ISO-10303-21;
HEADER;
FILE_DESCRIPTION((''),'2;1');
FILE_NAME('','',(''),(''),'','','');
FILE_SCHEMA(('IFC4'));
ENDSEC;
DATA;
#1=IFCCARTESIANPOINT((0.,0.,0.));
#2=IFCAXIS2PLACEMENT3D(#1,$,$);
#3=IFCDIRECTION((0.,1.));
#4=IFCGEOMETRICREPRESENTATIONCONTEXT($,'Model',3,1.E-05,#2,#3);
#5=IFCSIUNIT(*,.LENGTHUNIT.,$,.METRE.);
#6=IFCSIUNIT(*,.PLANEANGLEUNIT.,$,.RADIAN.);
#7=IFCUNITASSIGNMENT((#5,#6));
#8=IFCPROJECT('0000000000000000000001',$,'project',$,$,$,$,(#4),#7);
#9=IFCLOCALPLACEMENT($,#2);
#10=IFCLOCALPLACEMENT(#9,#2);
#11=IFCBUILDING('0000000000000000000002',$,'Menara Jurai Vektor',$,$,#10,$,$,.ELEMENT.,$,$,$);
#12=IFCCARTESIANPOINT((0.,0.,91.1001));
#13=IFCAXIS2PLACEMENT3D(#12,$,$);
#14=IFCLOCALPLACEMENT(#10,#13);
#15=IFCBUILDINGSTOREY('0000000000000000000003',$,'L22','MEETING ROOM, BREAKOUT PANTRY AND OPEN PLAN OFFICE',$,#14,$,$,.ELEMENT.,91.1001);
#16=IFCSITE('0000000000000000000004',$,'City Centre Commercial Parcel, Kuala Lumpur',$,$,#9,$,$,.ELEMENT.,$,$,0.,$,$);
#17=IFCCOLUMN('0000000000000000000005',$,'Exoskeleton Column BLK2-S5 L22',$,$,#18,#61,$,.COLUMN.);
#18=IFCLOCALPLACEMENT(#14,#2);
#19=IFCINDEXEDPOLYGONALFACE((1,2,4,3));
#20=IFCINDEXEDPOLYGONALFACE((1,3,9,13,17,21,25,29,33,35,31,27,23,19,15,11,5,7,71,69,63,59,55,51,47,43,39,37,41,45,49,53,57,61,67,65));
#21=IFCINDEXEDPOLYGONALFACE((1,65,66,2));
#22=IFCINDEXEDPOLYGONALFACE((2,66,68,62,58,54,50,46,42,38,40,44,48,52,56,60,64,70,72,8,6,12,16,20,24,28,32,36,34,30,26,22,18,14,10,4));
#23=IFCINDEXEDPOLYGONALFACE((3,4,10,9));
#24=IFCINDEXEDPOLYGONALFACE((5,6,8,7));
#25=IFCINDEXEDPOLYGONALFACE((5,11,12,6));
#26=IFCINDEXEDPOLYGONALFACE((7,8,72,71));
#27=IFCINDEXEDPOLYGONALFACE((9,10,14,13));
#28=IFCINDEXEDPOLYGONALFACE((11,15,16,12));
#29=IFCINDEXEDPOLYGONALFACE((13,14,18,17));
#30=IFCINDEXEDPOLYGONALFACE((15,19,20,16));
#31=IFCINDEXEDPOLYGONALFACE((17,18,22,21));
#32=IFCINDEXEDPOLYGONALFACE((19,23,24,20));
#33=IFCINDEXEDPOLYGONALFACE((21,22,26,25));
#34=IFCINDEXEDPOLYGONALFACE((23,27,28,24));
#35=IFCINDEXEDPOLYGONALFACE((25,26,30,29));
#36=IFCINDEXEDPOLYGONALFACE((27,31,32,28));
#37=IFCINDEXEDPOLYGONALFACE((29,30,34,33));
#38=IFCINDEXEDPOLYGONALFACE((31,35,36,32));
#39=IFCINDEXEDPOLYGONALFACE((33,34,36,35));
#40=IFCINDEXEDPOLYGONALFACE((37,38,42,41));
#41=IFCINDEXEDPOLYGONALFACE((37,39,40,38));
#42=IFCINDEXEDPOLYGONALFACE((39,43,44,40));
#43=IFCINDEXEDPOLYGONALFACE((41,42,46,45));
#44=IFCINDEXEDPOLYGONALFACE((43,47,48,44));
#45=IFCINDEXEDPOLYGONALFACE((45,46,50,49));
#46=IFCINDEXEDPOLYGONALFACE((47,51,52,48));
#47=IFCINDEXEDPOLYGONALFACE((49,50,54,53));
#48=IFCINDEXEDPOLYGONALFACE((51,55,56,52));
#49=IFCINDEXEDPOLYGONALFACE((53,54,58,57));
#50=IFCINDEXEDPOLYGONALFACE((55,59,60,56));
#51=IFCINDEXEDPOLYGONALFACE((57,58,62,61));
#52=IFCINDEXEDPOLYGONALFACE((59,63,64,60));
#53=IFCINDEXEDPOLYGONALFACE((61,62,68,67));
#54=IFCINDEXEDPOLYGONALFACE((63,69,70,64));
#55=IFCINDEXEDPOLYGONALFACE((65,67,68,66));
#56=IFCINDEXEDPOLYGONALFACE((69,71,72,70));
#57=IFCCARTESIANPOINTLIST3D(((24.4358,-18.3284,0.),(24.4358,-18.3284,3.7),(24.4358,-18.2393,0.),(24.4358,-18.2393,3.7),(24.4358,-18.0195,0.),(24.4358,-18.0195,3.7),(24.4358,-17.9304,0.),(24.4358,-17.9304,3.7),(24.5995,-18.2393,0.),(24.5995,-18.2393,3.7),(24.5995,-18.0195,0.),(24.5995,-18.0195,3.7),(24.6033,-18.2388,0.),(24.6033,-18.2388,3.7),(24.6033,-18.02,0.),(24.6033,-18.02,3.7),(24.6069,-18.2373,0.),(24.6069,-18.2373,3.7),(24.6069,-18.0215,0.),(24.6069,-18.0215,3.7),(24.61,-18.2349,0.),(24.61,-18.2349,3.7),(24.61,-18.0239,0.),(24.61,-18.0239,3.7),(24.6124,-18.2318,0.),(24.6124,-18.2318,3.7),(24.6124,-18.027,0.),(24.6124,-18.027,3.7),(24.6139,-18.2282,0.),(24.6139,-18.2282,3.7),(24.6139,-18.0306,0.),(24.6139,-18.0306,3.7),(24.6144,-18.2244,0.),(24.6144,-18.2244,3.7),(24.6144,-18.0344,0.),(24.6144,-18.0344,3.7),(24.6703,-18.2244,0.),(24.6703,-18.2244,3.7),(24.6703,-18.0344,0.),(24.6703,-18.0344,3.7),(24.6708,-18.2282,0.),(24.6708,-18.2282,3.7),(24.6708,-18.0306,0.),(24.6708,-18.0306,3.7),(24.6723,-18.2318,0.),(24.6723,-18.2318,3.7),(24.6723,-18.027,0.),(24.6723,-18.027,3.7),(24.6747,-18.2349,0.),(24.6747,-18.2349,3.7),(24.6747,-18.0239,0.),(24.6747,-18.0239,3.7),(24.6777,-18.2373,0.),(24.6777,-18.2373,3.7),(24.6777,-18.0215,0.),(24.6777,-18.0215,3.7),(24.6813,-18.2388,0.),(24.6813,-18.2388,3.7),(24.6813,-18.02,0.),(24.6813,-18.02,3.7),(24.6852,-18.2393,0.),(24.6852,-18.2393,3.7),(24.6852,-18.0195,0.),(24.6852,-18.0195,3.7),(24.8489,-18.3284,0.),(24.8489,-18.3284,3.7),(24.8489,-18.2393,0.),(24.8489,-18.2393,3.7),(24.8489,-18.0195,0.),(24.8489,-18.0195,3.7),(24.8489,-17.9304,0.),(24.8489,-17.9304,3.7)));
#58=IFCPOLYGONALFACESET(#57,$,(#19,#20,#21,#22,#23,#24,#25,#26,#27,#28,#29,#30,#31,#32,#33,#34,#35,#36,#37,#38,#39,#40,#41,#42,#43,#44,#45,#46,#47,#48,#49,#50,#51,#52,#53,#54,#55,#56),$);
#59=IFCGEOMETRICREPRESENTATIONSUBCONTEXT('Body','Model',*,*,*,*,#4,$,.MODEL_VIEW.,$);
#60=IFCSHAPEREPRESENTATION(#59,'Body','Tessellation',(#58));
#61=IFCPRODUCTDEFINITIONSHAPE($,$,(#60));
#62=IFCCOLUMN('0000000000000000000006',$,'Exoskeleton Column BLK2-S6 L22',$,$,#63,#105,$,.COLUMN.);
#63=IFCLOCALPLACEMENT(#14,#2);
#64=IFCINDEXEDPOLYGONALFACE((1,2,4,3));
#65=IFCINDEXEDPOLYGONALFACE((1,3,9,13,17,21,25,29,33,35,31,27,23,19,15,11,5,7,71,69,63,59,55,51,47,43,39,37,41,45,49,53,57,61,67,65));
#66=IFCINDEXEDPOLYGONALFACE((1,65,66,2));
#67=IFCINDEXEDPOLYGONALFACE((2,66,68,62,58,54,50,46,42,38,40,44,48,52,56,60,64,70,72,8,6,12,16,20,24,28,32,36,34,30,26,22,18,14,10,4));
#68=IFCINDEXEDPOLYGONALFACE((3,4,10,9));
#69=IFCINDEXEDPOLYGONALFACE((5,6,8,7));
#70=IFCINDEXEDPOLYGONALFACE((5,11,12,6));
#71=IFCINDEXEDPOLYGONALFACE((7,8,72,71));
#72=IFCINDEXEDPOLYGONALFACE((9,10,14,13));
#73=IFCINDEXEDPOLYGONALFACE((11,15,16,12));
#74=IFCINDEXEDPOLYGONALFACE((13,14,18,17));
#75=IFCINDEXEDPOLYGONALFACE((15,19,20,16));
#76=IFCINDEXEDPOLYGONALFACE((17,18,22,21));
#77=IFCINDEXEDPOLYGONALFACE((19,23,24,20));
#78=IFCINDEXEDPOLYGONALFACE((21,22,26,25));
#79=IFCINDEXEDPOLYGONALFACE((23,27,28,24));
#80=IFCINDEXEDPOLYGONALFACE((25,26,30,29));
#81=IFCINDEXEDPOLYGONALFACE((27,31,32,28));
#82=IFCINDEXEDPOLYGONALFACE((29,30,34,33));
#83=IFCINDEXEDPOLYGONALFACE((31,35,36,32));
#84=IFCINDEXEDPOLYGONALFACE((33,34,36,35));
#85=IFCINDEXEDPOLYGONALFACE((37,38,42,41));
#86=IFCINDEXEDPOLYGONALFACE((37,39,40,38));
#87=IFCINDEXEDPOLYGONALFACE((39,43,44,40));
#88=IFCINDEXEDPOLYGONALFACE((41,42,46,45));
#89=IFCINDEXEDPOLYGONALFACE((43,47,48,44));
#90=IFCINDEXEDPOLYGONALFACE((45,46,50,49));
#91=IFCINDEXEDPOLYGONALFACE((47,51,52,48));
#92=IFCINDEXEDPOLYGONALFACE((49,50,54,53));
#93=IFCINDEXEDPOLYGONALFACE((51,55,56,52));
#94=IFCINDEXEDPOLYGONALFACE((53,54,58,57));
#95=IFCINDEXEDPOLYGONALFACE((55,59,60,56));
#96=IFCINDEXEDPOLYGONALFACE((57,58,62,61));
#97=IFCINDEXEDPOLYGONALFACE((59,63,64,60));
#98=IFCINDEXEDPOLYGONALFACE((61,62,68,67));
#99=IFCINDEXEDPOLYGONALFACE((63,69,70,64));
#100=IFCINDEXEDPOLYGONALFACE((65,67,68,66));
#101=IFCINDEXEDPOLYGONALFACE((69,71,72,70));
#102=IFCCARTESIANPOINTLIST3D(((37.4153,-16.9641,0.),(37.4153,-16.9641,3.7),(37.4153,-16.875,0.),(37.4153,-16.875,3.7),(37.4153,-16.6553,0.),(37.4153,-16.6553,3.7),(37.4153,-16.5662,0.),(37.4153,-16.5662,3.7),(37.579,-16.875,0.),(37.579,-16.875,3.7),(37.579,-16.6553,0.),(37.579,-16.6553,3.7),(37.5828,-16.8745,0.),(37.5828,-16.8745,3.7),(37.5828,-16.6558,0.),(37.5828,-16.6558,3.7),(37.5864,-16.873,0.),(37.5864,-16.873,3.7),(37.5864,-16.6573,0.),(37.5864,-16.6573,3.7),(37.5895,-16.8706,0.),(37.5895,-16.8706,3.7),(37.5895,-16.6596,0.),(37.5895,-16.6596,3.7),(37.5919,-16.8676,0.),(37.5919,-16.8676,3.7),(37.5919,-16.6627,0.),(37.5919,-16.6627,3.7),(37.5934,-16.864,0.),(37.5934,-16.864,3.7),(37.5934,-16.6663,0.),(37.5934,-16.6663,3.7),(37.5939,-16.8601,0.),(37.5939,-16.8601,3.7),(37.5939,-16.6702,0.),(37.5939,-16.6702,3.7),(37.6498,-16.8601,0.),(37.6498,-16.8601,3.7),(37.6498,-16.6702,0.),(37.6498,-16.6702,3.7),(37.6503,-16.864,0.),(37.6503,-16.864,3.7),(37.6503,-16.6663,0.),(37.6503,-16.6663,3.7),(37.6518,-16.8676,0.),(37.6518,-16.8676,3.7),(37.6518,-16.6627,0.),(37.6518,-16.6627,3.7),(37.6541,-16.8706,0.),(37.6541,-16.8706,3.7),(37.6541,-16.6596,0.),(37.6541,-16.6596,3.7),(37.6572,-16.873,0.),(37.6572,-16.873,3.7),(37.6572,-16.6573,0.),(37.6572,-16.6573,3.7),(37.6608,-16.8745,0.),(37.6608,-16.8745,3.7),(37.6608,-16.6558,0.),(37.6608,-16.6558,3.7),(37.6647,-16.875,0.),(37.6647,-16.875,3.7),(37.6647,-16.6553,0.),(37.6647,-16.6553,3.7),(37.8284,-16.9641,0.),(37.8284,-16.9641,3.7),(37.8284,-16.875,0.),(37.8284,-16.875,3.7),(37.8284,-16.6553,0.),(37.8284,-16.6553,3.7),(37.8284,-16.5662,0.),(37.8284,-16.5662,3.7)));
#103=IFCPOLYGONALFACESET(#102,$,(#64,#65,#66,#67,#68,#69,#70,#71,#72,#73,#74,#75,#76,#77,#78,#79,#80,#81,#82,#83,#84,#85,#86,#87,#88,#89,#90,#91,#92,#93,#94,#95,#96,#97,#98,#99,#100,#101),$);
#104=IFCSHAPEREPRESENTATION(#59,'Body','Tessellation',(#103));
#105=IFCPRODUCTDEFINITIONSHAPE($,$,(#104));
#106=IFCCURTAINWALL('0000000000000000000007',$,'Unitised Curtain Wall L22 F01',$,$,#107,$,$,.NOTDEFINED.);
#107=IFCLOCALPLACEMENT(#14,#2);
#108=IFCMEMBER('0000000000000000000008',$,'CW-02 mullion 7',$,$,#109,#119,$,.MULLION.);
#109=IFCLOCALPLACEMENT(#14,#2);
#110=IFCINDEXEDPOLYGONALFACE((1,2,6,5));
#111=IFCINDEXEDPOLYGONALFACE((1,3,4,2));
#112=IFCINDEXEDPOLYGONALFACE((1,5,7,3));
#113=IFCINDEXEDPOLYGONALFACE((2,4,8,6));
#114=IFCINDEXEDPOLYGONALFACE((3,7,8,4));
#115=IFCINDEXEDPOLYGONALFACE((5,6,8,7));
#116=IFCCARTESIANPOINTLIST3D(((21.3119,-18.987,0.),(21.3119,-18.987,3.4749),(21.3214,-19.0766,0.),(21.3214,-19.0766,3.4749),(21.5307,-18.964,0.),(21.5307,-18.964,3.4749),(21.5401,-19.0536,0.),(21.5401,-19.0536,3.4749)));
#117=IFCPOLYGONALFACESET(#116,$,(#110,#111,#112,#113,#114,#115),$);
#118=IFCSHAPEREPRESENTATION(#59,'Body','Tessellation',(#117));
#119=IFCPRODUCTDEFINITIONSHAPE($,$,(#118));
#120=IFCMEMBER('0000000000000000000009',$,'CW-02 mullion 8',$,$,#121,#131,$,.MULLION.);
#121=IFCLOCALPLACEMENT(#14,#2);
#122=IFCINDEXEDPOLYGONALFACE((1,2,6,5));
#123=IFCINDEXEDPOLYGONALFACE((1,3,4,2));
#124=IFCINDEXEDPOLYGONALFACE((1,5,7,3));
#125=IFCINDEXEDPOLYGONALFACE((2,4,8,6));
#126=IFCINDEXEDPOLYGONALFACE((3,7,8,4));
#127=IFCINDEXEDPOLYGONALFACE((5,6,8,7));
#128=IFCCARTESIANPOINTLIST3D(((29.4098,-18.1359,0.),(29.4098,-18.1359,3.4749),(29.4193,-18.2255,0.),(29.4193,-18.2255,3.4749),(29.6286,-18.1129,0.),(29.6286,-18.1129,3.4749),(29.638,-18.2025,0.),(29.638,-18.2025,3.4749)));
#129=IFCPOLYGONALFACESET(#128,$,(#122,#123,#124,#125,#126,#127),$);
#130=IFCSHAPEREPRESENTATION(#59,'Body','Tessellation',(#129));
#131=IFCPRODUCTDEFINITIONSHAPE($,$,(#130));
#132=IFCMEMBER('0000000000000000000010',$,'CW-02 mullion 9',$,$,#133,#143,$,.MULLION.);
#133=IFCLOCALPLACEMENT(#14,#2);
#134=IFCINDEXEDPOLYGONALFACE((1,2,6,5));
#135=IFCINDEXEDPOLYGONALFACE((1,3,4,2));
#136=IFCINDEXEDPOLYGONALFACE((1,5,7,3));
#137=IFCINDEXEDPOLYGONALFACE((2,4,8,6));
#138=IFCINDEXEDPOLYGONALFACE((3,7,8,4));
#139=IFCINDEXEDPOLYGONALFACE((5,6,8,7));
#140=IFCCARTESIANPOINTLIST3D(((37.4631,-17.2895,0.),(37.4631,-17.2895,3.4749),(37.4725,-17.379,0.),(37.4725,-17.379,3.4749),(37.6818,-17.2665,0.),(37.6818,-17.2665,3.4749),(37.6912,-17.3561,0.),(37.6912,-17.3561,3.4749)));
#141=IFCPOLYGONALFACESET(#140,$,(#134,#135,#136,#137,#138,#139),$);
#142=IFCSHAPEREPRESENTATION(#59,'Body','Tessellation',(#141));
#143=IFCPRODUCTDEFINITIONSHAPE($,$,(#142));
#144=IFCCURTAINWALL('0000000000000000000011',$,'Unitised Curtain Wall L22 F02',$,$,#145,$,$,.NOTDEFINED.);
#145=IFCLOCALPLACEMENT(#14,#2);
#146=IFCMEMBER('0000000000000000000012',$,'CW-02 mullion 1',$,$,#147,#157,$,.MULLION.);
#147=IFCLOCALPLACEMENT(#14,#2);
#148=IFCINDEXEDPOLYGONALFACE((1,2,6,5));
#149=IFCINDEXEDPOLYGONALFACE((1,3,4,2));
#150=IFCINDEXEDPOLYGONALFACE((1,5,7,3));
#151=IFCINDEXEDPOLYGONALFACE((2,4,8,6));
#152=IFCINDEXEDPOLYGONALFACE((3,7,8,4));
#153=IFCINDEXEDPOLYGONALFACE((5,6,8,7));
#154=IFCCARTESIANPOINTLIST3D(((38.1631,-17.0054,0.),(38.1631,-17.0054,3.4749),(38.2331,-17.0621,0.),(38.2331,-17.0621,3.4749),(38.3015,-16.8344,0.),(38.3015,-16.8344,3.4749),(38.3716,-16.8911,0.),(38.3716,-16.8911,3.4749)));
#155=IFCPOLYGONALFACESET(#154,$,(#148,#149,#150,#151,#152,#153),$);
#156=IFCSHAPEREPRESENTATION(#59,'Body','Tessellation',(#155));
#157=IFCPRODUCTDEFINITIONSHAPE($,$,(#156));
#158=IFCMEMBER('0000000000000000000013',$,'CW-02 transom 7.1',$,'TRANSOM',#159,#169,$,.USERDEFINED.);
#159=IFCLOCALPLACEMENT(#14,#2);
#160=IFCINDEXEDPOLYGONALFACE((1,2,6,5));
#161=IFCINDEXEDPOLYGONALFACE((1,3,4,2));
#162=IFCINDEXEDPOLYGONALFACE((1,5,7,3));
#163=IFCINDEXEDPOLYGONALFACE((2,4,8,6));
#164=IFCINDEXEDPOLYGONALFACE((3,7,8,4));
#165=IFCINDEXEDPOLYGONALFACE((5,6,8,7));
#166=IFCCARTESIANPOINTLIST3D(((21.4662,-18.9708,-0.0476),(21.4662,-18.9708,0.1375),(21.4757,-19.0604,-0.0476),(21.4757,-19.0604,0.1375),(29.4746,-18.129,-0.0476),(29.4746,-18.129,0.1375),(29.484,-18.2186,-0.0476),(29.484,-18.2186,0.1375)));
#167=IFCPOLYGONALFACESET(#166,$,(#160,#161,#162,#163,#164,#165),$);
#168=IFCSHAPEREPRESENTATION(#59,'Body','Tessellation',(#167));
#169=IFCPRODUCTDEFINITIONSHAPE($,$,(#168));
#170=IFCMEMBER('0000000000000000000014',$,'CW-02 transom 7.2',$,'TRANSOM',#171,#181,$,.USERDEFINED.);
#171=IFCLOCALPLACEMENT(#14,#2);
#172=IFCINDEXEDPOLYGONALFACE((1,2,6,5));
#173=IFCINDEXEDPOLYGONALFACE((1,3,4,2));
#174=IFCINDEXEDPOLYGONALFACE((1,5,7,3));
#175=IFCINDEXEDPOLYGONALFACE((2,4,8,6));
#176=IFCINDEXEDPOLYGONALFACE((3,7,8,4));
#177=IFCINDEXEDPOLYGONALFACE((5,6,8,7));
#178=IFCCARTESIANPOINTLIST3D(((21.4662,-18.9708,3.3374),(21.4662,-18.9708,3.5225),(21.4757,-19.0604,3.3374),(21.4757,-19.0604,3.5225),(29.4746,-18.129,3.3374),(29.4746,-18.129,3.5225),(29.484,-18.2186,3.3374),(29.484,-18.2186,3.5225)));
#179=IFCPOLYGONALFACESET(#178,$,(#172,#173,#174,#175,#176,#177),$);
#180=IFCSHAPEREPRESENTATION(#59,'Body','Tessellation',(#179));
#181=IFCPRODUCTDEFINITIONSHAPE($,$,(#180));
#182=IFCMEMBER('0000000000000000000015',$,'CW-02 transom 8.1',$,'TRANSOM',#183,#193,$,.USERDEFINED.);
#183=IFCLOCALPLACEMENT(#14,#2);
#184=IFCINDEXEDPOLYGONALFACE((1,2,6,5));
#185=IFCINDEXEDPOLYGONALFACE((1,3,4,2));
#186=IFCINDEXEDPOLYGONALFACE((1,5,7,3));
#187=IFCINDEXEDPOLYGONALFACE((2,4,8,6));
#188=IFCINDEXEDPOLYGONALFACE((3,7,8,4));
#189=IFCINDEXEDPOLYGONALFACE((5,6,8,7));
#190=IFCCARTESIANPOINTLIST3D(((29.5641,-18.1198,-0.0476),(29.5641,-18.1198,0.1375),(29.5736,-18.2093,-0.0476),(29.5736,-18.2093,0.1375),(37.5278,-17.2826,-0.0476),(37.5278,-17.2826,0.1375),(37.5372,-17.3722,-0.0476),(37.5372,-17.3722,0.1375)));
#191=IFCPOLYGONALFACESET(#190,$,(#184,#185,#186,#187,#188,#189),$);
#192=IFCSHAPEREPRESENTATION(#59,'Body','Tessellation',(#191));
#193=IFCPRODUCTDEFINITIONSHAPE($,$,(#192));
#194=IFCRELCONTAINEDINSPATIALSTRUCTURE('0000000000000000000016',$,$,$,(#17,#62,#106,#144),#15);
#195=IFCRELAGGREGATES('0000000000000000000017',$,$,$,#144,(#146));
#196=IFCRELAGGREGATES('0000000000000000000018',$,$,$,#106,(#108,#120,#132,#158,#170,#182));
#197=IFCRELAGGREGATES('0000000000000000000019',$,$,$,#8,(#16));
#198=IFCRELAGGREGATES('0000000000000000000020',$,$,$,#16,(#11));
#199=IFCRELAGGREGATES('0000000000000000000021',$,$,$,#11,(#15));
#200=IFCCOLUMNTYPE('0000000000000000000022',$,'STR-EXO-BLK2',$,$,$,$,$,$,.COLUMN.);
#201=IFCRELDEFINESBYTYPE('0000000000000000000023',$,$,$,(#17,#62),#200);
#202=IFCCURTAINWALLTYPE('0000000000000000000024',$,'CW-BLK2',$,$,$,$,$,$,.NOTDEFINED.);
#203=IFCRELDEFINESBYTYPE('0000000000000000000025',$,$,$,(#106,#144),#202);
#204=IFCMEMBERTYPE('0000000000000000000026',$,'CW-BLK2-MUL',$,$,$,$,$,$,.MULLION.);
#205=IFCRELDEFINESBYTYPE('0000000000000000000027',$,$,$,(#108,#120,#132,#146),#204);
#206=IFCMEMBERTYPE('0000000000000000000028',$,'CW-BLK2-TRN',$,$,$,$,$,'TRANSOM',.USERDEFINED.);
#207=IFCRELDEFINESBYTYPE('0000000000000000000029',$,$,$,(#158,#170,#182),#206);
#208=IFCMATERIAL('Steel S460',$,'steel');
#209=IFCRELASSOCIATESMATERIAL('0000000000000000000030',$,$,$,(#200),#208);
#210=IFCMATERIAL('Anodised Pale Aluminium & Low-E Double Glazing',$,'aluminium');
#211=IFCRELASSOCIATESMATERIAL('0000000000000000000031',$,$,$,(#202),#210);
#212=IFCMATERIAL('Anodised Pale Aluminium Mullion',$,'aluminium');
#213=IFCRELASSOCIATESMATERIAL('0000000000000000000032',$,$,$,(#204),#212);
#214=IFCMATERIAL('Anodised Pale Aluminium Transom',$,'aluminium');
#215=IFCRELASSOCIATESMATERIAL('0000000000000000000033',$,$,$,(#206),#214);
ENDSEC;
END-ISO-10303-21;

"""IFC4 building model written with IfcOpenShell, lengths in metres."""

from ifc_helpers import new_model, si_unit, direction, frame, origin, origin_2d, place, context, subcontext, project, spatial, rectangle, i_section, extrude, material, material_profile, profile_set, type_object, element, aggregate, save


model = new_model("IFC4")

# Units and contexts
model_context = context("Model", 3, precision=1e-05, world=origin(), true_north=direction((0.0, 1.0)))
body_context = subcontext(model_context, "Body", "Model", "MODEL_VIEW")
ifc_project = project(units=[si_unit("LENGTHUNIT", "METRE"), si_unit("PLANEANGLEUNIT", "RADIAN")], contexts=[model_context])

# Site, building, storey
site_placement = place(None, origin())
site = spatial("IfcSite", under=ifc_project, at=site_placement, Name="City Centre Commercial Parcel, Kuala Lumpur", CompositionType="ELEMENT", RefElevation=0.0)
building_placement = place(site_placement, origin())
building = spatial("IfcBuilding", under=site, at=building_placement, Name="Menara Jurai Vektor", CompositionType="ELEMENT")
storey_placement = place(building_placement, frame((0.0, 0.0, 91.1001)))
storey = spatial("IfcBuildingStorey", under=building, at=storey_placement, Name="L22", Description="MEETING ROOM, BREAKOUT PANTRY AND OPEN PLAN OFFICE", CompositionType="ELEMENT", Elevation=91.1001)

# Columns
ifc_material_1 = material(Name="Steel S460", Category="steel")
ifc_material_profile_1 = material_profile(ifc_material_1, i_section(OverallWidth=0.4131, OverallDepth=0.3979, WebThickness=0.0559, FlangeThickness=0.0891, FilletRadius=0.0149, at=origin_2d()), Name="HD 400x744")
ifc_profile_set_1 = profile_set([ifc_material_profile_1], Name="Steel S460")
column_type = type_object("IfcColumnType", Name="STR-EXO-BLK2", PredefinedType="COLUMN", material=ifc_profile_set_1)
for number, where, z_axis, x_axis, name in (
    (1, (24.6423, -18.1294, 0.0), (0.0, 0.0, 1.0), (1.0, 0.0, 0.0), "Exoskeleton Column BLK2-S5 L22"),
    (2, (37.6218, -16.7651, 0.0), (0.0, 0.0, 1.0), (1.0, 0.0, 0.0), "Exoskeleton Column BLK2-S6 L22"),
):
    element("IfcColumn", number, at=place(storey_placement, frame(where, z_axis=z_axis, x_axis=x_axis)), inside=storey, type_object=column_type, Name=name, PredefinedType="COLUMN", context=body_context, shape_type="SweptSolid", body=[
        extrude(i_section(OverallWidth=0.4131, OverallDepth=0.3979, WebThickness=0.0559, FlangeThickness=0.0891, FilletRadius=0.0149, at=origin_2d()), origin(), (0.0, 0.0, 1.0), 3.7),
    ])

# Curtain wall, members
ifc_material_2 = material(Name="Anodised Pale Aluminium & Low-E Double Glazing", Category="aluminium")
curtain_wall_type = type_object("IfcCurtainWallType", Name="CW-BLK2", PredefinedType="NOTDEFINED", material=ifc_material_2)
curtain_wall_1_placement = place(storey_placement, origin())
curtain_wall_1 = element("IfcCurtainWall", 3, at=curtain_wall_1_placement, inside=storey, type_object=curtain_wall_type, Name="Unitised Curtain Wall L22 F01", PredefinedType="NOTDEFINED")
ifc_material_3 = material(Name="Anodised Pale Aluminium Mullion", Category="aluminium")
ifc_material_profile_2 = material_profile(ifc_material_3, rectangle(XDim=0.0901, YDim=0.22, at=origin_2d()), Name="ALU MUL 90x220")
ifc_profile_set_2 = profile_set([ifc_material_profile_2], Name="Anodised Pale Aluminium Mullion")
member_type_1 = type_object("IfcMemberType", Name="CW-BLK2-MUL", PredefinedType="MULLION", material=ifc_profile_set_2)
member_1_placement = place(storey_placement, frame((21.426, -19.0203, 0.0), z_axis=(0.0, 0.0, 1.0), x_axis=(-0.104529, 0.994522, 0.0)))
member_1 = element("IfcMember", 4, at=member_1_placement, type_object=member_type_1, Name="CW-02 mullion 7", PredefinedType="MULLION", context=body_context, shape_type="SweptSolid", body=[
    extrude(rectangle(XDim=0.0901, YDim=0.22, at=origin_2d()), origin(), (0.0, 0.0, 1.0), 3.4749),
])
member_2_placement = place(storey_placement, frame((29.5239, -18.1692, 0.0), z_axis=(0.0, 0.0, 1.0), x_axis=(-0.104529, 0.994522, 0.0)))
member_2 = element("IfcMember", 5, at=member_2_placement, type_object=member_type_1, Name="CW-02 mullion 8", PredefinedType="MULLION", context=body_context, shape_type="SweptSolid", body=[
    extrude(rectangle(XDim=0.0901, YDim=0.22, at=origin_2d()), origin(), (0.0, 0.0, 1.0), 3.4749),
])
member_3_placement = place(storey_placement, frame((37.5771, -17.3228, 0.0), z_axis=(0.0, 0.0, 1.0), x_axis=(-0.104529, 0.994522, 0.0)))
member_3 = element("IfcMember", 6, at=member_3_placement, type_object=member_type_1, Name="CW-02 mullion 9", PredefinedType="MULLION", context=body_context, shape_type="SweptSolid", body=[
    extrude(rectangle(XDim=0.0901, YDim=0.22, at=origin_2d()), origin(), (0.0, 0.0, 1.0), 3.4749),
])

# Curtain wall, member
curtain_wall_2_placement = place(storey_placement, origin())
curtain_wall_2 = element("IfcCurtainWall", 7, at=curtain_wall_2_placement, inside=storey, type_object=curtain_wall_type, Name="Unitised Curtain Wall L22 F02", PredefinedType="NOTDEFINED")
member_4_placement = place(storey_placement, frame((38.2673, -16.9482, 0.0), z_axis=(0.0, 0.0, 1.0), x_axis=(-0.777129, 0.629341, 0.0)))
member_4 = element("IfcMember", 8, at=member_4_placement, type_object=member_type_1, Name="CW-02 mullion 1", PredefinedType="MULLION", context=body_context, shape_type="SweptSolid", body=[
    extrude(rectangle(XDim=0.0901, YDim=0.22, at=origin_2d()), origin(), (0.0, 0.0, 1.0), 3.4749),
])
aggregate(curtain_wall_2, [member_4])

# Members
ifc_material_4 = material(Name="Anodised Pale Aluminium Transom", Category="aluminium")
ifc_material_profile_3 = material_profile(ifc_material_4, rectangle(XDim=0.0901, YDim=0.1851, at=origin_2d()), Name="ALU TRN 90x185")
ifc_profile_set_3 = profile_set([ifc_material_profile_3], Name="Anodised Pale Aluminium Transom")
member_type_2 = type_object("IfcMemberType", Name="CW-BLK2-TRN", ElementType="TRANSOM", PredefinedType="USERDEFINED", material=ifc_profile_set_3)
member_5_placement = place(storey_placement, frame((21.4709, -19.0156, 0.0449), z_axis=(0.994521, 0.10454, 0.0), x_axis=(-0.10454, 0.994521, 0.0)))
member_5 = element("IfcMember", 9, at=member_5_placement, type_object=member_type_2, Name="CW-02 transom 7.1", ObjectType="TRANSOM", PredefinedType="USERDEFINED", context=body_context, shape_type="SweptSolid", body=[
    extrude(rectangle(XDim=0.0901, YDim=0.1851, at=origin_2d()), origin(), (0.0, 0.0, 1.0), 8.0525),
])
member_6_placement = place(storey_placement, frame((21.4709, -19.0156, 3.4299), z_axis=(0.994521, 0.10454, 0.0), x_axis=(-0.10454, 0.994521, 0.0)))
member_6 = element("IfcMember", 10, at=member_6_placement, type_object=member_type_2, Name="CW-02 transom 7.2", ObjectType="TRANSOM", PredefinedType="USERDEFINED", context=body_context, shape_type="SweptSolid", body=[
    extrude(rectangle(XDim=0.0901, YDim=0.1851, at=origin_2d()), origin(), (0.0, 0.0, 1.0), 8.0525),
])
member_7_placement = place(storey_placement, frame((29.5688, -18.1646, 0.0449), z_axis=(0.99452, 0.104547, 0.0), x_axis=(-0.104547, 0.99452, 0.0)))
member_7 = element("IfcMember", 11, at=member_7_placement, type_object=member_type_2, Name="CW-02 transom 8.1", ObjectType="TRANSOM", PredefinedType="USERDEFINED", context=body_context, shape_type="SweptSolid", body=[
    extrude(rectangle(XDim=0.0901, YDim=0.1851, at=origin_2d()), origin(), (0.0, 0.0, 1.0), 8.0076),
])

aggregate(curtain_wall_1, [member_1, member_2, member_3, member_5, member_6, member_7])

save(model, "model.ifc")
